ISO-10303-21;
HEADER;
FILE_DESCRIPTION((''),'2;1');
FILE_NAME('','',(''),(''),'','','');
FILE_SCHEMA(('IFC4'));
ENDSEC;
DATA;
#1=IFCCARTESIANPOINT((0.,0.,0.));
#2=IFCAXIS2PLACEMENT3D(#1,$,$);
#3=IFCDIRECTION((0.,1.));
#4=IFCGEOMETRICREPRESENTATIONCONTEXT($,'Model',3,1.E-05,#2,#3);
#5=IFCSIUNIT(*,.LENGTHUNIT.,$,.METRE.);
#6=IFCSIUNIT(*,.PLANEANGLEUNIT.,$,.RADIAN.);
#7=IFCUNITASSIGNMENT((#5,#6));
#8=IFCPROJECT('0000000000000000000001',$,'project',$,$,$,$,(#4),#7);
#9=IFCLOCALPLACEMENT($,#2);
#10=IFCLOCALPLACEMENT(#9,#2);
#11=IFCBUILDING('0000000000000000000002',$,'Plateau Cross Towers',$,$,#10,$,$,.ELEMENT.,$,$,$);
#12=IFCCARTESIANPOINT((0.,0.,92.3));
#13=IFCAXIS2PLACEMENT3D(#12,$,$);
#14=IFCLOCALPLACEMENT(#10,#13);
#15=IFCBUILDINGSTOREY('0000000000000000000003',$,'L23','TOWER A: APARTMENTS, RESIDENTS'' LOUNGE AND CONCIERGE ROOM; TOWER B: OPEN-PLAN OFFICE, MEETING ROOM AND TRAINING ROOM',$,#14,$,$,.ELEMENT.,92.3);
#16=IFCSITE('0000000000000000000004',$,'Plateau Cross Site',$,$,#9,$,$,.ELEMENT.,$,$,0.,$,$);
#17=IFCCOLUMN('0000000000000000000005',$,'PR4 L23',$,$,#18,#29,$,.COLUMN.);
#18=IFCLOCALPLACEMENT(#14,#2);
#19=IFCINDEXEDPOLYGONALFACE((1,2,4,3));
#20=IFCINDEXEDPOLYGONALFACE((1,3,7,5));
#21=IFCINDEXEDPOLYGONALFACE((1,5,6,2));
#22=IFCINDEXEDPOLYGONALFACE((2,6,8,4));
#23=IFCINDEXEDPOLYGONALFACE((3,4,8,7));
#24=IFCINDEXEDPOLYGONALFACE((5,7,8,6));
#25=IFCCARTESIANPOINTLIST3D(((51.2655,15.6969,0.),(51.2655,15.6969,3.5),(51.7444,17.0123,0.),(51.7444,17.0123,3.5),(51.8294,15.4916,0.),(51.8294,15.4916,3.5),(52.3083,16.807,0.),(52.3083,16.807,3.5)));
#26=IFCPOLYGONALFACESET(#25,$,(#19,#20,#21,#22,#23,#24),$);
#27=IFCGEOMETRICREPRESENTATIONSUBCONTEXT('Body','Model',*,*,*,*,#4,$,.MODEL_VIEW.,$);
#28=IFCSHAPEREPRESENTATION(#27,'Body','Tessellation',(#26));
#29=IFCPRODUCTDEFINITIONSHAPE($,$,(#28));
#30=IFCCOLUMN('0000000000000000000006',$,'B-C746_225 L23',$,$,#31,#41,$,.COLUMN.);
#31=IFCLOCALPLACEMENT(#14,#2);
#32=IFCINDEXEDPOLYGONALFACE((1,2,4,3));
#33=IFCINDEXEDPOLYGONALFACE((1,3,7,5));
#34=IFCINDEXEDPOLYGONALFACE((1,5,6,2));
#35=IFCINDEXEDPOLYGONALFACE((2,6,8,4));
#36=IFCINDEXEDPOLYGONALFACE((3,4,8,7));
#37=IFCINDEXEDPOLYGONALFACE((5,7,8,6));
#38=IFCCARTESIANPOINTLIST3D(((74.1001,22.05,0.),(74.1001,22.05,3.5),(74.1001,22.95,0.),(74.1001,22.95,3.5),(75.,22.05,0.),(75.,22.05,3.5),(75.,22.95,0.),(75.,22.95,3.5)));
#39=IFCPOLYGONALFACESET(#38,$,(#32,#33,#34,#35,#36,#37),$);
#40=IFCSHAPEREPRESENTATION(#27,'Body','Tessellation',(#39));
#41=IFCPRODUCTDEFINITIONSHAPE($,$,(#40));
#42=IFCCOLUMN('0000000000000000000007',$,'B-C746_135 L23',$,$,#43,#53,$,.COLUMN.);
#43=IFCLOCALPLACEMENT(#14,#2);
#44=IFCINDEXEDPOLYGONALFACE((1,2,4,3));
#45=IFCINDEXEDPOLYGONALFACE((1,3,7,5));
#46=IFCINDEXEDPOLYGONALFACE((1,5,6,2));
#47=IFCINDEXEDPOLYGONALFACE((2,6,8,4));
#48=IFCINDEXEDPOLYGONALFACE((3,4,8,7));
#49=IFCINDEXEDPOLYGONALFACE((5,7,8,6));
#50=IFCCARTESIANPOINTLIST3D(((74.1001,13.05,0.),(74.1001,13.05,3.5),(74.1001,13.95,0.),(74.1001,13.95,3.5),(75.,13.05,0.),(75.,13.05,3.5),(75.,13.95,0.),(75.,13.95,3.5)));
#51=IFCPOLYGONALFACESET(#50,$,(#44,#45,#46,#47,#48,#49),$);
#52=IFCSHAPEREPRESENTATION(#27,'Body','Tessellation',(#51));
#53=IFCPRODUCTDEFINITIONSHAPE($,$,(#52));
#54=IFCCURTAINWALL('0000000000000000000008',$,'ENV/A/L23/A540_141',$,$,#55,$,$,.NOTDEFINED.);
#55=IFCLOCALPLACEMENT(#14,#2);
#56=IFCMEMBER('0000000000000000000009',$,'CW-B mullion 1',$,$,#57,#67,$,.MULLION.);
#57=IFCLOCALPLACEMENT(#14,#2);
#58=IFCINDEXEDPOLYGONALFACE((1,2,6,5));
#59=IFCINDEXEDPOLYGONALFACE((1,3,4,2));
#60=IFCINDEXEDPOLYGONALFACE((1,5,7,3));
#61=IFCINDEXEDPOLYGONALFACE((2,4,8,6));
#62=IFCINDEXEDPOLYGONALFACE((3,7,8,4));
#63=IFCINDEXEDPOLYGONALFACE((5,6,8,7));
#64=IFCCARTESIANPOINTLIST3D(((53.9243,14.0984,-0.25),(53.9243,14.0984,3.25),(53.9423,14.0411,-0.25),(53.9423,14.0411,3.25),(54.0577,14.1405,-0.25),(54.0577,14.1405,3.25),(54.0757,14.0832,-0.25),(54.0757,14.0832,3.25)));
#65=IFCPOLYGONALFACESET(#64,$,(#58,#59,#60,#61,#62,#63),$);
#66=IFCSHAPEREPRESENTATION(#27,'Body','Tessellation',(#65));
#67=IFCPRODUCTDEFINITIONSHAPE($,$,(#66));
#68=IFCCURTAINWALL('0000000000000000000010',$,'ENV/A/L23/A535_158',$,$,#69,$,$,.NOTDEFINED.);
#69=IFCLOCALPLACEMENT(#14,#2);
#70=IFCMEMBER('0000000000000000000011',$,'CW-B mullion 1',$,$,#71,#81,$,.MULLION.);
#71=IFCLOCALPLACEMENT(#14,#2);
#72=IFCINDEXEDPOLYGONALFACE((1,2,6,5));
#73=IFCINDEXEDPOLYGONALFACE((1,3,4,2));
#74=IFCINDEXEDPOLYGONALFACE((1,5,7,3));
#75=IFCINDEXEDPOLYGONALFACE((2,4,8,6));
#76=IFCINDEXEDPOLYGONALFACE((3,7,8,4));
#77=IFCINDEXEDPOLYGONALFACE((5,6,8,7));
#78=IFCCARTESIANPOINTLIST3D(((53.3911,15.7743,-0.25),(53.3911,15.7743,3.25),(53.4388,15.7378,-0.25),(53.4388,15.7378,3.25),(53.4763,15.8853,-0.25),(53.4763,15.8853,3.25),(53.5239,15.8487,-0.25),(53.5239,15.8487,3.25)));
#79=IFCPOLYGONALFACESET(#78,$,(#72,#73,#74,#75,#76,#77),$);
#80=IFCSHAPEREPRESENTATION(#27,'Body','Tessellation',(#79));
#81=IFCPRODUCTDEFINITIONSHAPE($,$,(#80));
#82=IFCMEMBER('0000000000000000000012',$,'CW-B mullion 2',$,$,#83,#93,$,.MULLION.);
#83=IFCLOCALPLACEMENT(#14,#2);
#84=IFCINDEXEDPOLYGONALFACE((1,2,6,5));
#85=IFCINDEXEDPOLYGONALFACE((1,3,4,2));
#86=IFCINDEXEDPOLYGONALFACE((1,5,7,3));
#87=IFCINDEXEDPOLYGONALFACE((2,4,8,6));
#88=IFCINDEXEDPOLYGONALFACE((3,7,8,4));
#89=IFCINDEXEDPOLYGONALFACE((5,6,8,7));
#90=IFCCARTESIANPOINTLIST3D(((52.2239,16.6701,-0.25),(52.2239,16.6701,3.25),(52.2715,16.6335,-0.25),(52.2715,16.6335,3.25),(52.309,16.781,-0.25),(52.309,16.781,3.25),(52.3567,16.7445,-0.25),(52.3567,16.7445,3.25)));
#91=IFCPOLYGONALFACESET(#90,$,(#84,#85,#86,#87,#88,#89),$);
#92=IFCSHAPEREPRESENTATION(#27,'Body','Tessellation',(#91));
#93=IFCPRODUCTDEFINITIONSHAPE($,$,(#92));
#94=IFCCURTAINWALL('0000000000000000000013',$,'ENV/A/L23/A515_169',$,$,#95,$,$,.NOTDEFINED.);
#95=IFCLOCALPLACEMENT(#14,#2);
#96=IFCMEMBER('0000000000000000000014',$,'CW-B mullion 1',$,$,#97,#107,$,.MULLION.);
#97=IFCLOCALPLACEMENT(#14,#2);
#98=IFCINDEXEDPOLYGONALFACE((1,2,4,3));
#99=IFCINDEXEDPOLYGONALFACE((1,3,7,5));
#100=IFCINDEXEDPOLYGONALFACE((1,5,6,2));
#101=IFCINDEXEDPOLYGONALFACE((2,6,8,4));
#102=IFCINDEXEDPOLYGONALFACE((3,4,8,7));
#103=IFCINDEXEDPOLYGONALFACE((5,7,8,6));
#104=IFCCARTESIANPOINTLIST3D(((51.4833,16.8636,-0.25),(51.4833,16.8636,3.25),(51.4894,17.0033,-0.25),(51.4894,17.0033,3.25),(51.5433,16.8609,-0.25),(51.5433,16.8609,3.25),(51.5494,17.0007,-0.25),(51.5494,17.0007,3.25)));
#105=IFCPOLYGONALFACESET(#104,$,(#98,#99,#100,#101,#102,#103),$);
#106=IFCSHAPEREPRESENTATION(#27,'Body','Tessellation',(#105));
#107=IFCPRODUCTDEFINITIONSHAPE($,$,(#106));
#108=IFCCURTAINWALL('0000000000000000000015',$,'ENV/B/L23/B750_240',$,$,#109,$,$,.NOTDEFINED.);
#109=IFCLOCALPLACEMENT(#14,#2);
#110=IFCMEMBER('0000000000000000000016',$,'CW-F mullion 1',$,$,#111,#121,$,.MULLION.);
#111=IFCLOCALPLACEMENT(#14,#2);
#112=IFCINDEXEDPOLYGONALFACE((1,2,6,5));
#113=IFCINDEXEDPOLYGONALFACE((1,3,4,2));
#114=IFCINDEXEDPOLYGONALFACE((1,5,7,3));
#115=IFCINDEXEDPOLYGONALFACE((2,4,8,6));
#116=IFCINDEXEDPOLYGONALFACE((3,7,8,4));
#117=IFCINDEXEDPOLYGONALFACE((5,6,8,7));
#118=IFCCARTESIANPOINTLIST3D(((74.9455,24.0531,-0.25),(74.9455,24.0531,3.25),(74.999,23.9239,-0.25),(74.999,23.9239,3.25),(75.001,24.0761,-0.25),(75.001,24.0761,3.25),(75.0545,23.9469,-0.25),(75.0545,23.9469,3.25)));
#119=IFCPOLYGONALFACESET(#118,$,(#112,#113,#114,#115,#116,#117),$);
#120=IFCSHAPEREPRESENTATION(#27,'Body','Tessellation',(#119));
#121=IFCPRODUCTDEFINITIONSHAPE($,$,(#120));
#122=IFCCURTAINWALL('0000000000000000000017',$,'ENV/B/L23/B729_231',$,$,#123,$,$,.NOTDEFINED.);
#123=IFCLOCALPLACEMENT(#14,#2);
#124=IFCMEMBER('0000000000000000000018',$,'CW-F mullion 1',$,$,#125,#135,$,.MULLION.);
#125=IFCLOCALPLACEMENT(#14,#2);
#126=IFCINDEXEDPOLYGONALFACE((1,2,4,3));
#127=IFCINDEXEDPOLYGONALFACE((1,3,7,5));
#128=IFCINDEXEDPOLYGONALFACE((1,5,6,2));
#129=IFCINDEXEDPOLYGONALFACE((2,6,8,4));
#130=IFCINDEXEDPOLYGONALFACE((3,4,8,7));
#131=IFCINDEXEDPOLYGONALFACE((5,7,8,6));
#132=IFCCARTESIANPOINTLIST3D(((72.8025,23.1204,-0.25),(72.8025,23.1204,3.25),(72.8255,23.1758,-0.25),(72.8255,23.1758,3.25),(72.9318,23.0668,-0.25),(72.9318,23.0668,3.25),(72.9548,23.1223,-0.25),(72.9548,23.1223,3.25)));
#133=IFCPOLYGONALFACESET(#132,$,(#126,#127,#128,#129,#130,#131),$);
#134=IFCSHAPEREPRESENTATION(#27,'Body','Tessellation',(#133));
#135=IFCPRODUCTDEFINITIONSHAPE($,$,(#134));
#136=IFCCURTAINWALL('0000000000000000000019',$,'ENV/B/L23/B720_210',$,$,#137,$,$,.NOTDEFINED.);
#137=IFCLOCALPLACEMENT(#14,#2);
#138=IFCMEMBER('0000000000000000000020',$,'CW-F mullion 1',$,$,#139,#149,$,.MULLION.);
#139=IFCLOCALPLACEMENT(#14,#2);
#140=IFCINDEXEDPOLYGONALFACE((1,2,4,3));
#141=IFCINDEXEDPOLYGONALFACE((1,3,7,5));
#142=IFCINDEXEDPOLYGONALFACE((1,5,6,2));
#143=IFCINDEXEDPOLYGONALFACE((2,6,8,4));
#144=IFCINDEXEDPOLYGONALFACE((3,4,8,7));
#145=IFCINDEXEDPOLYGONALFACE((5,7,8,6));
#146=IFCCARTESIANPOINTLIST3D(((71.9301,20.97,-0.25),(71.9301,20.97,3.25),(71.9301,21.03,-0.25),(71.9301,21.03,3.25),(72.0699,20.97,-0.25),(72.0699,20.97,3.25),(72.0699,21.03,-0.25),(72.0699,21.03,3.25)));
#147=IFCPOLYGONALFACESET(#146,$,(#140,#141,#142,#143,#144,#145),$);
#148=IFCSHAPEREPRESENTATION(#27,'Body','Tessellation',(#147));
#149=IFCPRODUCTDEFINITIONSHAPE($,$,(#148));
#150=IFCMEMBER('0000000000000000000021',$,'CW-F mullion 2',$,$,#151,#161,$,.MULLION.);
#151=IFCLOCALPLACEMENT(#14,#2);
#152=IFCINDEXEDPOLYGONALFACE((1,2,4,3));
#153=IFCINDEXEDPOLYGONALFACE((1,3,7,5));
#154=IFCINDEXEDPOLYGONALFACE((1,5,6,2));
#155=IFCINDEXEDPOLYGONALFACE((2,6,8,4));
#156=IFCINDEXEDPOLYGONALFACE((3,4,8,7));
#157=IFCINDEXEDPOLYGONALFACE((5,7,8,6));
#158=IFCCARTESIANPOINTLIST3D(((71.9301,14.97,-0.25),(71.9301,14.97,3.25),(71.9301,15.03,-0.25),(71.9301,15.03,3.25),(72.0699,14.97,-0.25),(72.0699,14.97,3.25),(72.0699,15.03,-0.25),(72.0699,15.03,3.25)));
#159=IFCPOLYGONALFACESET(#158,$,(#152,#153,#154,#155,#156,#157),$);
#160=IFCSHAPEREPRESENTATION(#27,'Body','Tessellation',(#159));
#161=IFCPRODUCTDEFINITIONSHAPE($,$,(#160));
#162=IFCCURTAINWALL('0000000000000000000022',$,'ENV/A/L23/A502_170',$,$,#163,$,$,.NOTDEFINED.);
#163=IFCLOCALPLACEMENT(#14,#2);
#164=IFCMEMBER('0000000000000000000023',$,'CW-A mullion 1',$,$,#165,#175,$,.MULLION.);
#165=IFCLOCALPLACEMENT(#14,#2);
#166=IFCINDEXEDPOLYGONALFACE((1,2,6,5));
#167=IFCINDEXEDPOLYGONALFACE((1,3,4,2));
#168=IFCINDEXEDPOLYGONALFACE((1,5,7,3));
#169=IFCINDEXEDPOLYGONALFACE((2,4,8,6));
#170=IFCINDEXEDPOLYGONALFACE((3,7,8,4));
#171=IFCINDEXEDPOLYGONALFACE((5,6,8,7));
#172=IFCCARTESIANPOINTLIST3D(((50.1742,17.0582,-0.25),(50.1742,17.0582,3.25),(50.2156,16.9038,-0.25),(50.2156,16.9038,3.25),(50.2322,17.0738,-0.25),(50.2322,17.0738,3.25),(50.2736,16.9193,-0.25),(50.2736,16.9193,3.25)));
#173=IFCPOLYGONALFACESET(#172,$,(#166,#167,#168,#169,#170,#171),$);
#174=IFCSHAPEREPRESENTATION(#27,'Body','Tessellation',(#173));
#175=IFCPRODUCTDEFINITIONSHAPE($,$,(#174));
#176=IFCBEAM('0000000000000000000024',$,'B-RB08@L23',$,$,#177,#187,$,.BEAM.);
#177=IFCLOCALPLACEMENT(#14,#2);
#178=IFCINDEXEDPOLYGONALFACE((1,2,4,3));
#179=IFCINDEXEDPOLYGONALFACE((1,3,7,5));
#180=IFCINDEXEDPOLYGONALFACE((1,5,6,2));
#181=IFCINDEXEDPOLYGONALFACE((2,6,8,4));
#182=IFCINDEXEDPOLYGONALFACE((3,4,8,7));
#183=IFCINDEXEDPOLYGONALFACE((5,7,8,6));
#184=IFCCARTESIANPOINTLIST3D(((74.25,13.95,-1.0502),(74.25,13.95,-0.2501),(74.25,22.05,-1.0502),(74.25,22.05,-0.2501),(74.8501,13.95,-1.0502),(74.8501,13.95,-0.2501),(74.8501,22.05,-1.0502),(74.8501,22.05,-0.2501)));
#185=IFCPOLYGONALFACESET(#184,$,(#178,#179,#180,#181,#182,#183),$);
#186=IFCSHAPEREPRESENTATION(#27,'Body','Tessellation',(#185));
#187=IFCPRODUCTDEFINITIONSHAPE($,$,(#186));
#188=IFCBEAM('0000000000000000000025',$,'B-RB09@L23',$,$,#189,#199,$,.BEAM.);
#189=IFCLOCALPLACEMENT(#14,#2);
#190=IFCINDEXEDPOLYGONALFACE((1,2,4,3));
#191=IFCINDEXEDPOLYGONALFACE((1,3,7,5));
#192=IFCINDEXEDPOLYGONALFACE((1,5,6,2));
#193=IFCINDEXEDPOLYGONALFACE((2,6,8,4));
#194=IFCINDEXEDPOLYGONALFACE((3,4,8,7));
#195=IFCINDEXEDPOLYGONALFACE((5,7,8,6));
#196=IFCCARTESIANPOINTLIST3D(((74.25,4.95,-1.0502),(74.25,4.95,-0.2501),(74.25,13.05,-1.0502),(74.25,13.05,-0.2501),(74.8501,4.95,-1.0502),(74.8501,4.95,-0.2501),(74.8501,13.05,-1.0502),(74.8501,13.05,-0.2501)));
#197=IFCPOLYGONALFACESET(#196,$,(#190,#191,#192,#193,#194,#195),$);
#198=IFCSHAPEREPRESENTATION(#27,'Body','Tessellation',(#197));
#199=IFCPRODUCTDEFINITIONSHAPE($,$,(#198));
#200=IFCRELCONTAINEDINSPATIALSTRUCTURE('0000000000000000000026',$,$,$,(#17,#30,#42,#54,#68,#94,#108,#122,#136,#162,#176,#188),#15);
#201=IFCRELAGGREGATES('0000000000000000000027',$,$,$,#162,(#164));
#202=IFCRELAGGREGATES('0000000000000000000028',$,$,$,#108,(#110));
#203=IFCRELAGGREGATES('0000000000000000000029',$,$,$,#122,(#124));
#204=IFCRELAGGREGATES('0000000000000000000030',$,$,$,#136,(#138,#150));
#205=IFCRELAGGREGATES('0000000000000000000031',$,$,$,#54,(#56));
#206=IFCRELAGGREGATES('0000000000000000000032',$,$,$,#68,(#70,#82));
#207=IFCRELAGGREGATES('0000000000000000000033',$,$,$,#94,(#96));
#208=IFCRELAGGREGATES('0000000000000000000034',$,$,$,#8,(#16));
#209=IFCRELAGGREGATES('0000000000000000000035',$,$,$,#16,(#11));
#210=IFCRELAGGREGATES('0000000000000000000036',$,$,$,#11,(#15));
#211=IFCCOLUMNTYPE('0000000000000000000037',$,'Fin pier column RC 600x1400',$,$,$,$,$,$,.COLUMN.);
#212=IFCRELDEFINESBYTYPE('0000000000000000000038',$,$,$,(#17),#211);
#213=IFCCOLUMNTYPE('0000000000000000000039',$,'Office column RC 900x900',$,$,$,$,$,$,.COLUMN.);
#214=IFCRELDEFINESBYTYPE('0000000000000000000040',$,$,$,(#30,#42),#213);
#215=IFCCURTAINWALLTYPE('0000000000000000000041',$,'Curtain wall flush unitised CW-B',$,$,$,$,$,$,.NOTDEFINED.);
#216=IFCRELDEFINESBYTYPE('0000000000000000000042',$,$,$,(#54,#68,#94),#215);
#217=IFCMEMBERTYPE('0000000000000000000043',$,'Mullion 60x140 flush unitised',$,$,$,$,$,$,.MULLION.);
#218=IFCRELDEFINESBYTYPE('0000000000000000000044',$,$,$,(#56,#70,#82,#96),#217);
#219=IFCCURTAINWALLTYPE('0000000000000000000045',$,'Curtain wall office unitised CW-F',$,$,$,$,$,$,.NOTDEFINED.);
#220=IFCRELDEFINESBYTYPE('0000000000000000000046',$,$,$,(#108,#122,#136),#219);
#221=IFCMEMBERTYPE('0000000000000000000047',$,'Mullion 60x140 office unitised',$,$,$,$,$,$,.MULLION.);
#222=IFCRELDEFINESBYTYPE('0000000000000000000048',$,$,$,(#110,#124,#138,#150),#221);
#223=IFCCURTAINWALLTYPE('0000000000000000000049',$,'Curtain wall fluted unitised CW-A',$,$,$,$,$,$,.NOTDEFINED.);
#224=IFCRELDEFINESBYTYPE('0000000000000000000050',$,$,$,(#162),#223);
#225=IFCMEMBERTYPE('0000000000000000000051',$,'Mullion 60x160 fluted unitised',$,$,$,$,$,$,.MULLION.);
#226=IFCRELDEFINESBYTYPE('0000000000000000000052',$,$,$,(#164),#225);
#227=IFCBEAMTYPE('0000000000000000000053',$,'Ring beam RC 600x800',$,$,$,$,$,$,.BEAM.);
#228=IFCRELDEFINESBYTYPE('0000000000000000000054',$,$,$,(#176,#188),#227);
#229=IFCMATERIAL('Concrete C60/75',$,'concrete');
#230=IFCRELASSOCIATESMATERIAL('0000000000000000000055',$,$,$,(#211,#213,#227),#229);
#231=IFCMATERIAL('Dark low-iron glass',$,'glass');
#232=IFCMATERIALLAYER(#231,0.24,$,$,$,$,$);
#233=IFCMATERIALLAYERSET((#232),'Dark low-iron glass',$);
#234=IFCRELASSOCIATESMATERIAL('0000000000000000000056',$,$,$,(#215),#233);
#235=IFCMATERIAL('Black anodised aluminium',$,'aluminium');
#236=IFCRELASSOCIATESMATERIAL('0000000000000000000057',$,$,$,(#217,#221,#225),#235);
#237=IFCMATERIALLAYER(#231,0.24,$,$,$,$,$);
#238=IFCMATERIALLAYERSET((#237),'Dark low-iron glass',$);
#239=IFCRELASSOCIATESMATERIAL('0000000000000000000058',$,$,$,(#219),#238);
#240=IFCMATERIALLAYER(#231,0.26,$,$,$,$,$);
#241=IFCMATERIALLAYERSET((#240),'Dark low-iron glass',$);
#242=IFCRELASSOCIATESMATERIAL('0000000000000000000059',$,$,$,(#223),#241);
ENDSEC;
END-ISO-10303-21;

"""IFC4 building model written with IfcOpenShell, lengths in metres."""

from ifc_helpers import new_model, si_unit, direction, frame, origin, origin_2d, place, context, subcontext, project, spatial, rectangle, extrude, material, layer, layer_set, material_profile, profile_set, type_object, element, aggregate, save


model = new_model("IFC4")

# Units and contexts
model_context = context("Model", 3, precision=1e-05, world=origin(), true_north=direction((0.0, 1.0)))
body_context = subcontext(model_context, "Body", "Model", "MODEL_VIEW")
ifc_project = project(units=[si_unit("LENGTHUNIT", "METRE"), si_unit("PLANEANGLEUNIT", "RADIAN")], contexts=[model_context])

# Site, building, storey
site_placement = place(None, origin())
site = spatial("IfcSite", under=ifc_project, at=site_placement, Name="Plateau Cross Site", CompositionType="ELEMENT", RefElevation=0.0)
building_placement = place(site_placement, origin())
building = spatial("IfcBuilding", under=site, at=building_placement, Name="Plateau Cross Towers", CompositionType="ELEMENT")
storey_placement = place(building_placement, frame((0.0, 0.0, 92.3)))
storey = spatial("IfcBuildingStorey", under=building, at=storey_placement, Name="L23", Description="TOWER A: APARTMENTS, RESIDENTS' LOUNGE AND CONCIERGE ROOM; TOWER B: OPEN-PLAN OFFICE, MEETING ROOM AND TRAINING ROOM", CompositionType="ELEMENT", Elevation=92.3)

# Columns
ifc_material_1 = material(Name="Concrete C60/75", Category="concrete")
ifc_material_profile_1 = material_profile(ifc_material_1, rectangle(XDim=0.6001, YDim=1.3999, at=origin_2d()), Name="RC 600x1400")
ifc_profile_set_1 = profile_set([ifc_material_profile_1], Name="Concrete C60/75")
column_type_1 = type_object("IfcColumnType", Name="Fin pier column RC 600x1400", PredefinedType="COLUMN", material=ifc_profile_set_1)
column_placement = place(storey_placement, frame((51.7869, 16.252, 0.0), z_axis=(0.0, 0.0, 1.0), x_axis=(-0.939664, 0.342098, 0.0)))
element("IfcColumn", 1, at=column_placement, inside=storey, type_object=column_type_1, Name="PR4 L23", PredefinedType="COLUMN", context=body_context, shape_type="SweptSolid", body=[
    extrude(rectangle(XDim=0.6001, YDim=1.3999, at=origin_2d()), origin(), (0.0, 0.0, 1.0), 3.5),
])
ifc_material_profile_2 = material_profile(ifc_material_1, rectangle(XDim=0.8999, YDim=0.8999, at=origin_2d()), Name="RC 900x900")
ifc_profile_set_2 = profile_set([ifc_material_profile_2], Name="Concrete C60/75")
column_type_2 = type_object("IfcColumnType", Name="Office column RC 900x900", PredefinedType="COLUMN", material=ifc_profile_set_2)
for number, where, z_axis, x_axis, name in (
    (2, (74.55, 22.5, 0.0), (0.0, 0.0, 1.0), (1.0, 0.0, 0.0), "B-C746_225 L23"),
    (3, (74.55, 13.5, 0.0), (0.0, 0.0, 1.0), (1.0, 0.0, 0.0), "B-C746_135 L23"),
):
    element("IfcColumn", number, at=place(storey_placement, frame(where, z_axis=z_axis, x_axis=x_axis)), inside=storey, type_object=column_type_2, Name=name, PredefinedType="COLUMN", context=body_context, shape_type="SweptSolid", body=[
        extrude(rectangle(XDim=0.8999, YDim=0.8999, at=origin_2d()), origin(), (0.0, 0.0, 1.0), 3.5),
    ])

# Curtain wall, member
ifc_material_2 = material(Name="Dark low-iron glass", Category="glass")
ifc_layer_1 = layer(ifc_material_2, 0.24)
ifc_layer_set_1 = layer_set([ifc_layer_1], Name="Dark low-iron glass")
curtain_wall_type_1 = type_object("IfcCurtainWallType", Name="Curtain wall flush unitised CW-B", PredefinedType="NOTDEFINED", material=ifc_layer_set_1)
curtain_wall_1_placement = place(storey_placement, origin())
curtain_wall_1 = element("IfcCurtainWall", 4, at=curtain_wall_1_placement, inside=storey, type_object=curtain_wall_type_1, Name="ENV/A/L23/A540_141", PredefinedType="NOTDEFINED")
ifc_material_3 = material(Name="Black anodised aluminium", Category="aluminium")
ifc_material_profile_3 = material_profile(ifc_material_3, rectangle(XDim=0.0601, YDim=0.1399, at=origin_2d()), Name="MULLION 60x140")
ifc_profile_set_3 = profile_set([ifc_material_profile_3], Name="Black anodised aluminium")
member_type_1 = type_object("IfcMemberType", Name="Mullion 60x140 flush unitised", PredefinedType="MULLION", material=ifc_profile_set_3)
member_1_placement = place(storey_placement, frame((54.0, 14.0908, -0.25), z_axis=(0.0, 0.0, 1.0), x_axis=(-0.300686, 0.953723, 0.0)))
member_1 = element("IfcMember", 5, at=member_1_placement, type_object=member_type_1, Name="CW-B mullion 1", PredefinedType="MULLION", context=body_context, shape_type="SweptSolid", body=[
    extrude(rectangle(XDim=0.0601, YDim=0.1399, at=origin_2d()), origin(), (0.0, 0.0, 1.0), 3.5),
])

# Curtain wall, members
curtain_wall_2_placement = place(storey_placement, origin())
curtain_wall_2 = element("IfcCurtainWall", 6, at=curtain_wall_2_placement, inside=storey, type_object=curtain_wall_type_1, Name="ENV/A/L23/A535_158", PredefinedType="NOTDEFINED")
member_2_placement = place(storey_placement, frame((53.4575, 15.8115, -0.25), z_axis=(0.0, 0.0, 1.0), x_axis=(-0.793316, 0.608811, 0.0)))
member_2 = element("IfcMember", 7, at=member_2_placement, type_object=member_type_1, Name="CW-B mullion 1", PredefinedType="MULLION", context=body_context, shape_type="SweptSolid", body=[
    extrude(rectangle(XDim=0.0601, YDim=0.1399, at=origin_2d()), origin(), (0.0, 0.0, 1.0), 3.5),
])
member_3_placement = place(storey_placement, frame((52.2903, 16.7073, -0.25), z_axis=(0.0, 0.0, 1.0), x_axis=(-0.793316, 0.608811, 0.0)))
member_3 = element("IfcMember", 8, at=member_3_placement, type_object=member_type_1, Name="CW-B mullion 2", PredefinedType="MULLION", context=body_context, shape_type="SweptSolid", body=[
    extrude(rectangle(XDim=0.0601, YDim=0.1399, at=origin_2d()), origin(), (0.0, 0.0, 1.0), 3.5),
])

# Curtain walls, members
curtain_wall_3_placement = place(storey_placement, origin())
curtain_wall_3 = element("IfcCurtainWall", 9, at=curtain_wall_3_placement, inside=storey, type_object=curtain_wall_type_1, Name="ENV/A/L23/A515_169", PredefinedType="NOTDEFINED")
member_4_placement = place(storey_placement, frame((51.5164, 16.9321, -0.25), z_axis=(0.0, 0.0, 1.0), x_axis=(-0.999044, 0.043723, 0.0)))
member_4 = element("IfcMember", 10, at=member_4_placement, type_object=member_type_1, Name="CW-B mullion 1", PredefinedType="MULLION", context=body_context, shape_type="SweptSolid", body=[
    extrude(rectangle(XDim=0.0601, YDim=0.1399, at=origin_2d()), origin(), (0.0, 0.0, 1.0), 3.5),
])
ifc_layer_2 = layer(ifc_material_2, 0.24)
ifc_layer_set_2 = layer_set([ifc_layer_2], Name="Dark low-iron glass")
curtain_wall_type_2 = type_object("IfcCurtainWallType", Name="Curtain wall office unitised CW-F", PredefinedType="NOTDEFINED", material=ifc_layer_set_2)
curtain_wall_4_placement = place(storey_placement, origin())
curtain_wall_4 = element("IfcCurtainWall", 11, at=curtain_wall_4_placement, inside=storey, type_object=curtain_wall_type_2, Name="ENV/B/L23/B750_240", PredefinedType="NOTDEFINED")
ifc_material_profile_4 = material_profile(ifc_material_3, rectangle(XDim=0.0601, YDim=0.1399, at=origin_2d()), Name="MULLION 60x140")
ifc_profile_set_4 = profile_set([ifc_material_profile_4], Name="Black anodised aluminium")
member_type_2 = type_object("IfcMemberType", Name="Mullion 60x140 office unitised", PredefinedType="MULLION", material=ifc_profile_set_4)
member_5_placement = place(storey_placement, frame((75.0, 24.0, -0.25), z_axis=(0.0, 0.0, 1.0), x_axis=(-0.923879, -0.382684, 0.0)))
member_5 = element("IfcMember", 12, at=member_5_placement, type_object=member_type_2, Name="CW-F mullion 1", PredefinedType="MULLION", context=body_context, shape_type="SweptSolid", body=[
    extrude(rectangle(XDim=0.0601, YDim=0.1399, at=origin_2d()), origin(), (0.0, 0.0, 1.0), 3.5),
])
curtain_wall_5_placement = place(storey_placement, origin())
curtain_wall_5 = element("IfcCurtainWall", 13, at=curtain_wall_5_placement, inside=storey, type_object=curtain_wall_type_2, Name="ENV/B/L23/B729_231", PredefinedType="NOTDEFINED")
member_6_placement = place(storey_placement, frame((72.8787, 23.1213, -0.25), z_axis=(0.0, 0.0, 1.0), x_axis=(-0.382684, -0.923879, 0.0)))
member_6 = element("IfcMember", 14, at=member_6_placement, type_object=member_type_2, Name="CW-F mullion 1", PredefinedType="MULLION", context=body_context, shape_type="SweptSolid", body=[
    extrude(rectangle(XDim=0.0601, YDim=0.1399, at=origin_2d()), origin(), (0.0, 0.0, 1.0), 3.5),
])

# Curtain wall, members
curtain_wall_6_placement = place(storey_placement, origin())
curtain_wall_6 = element("IfcCurtainWall", 15, at=curtain_wall_6_placement, inside=storey, type_object=curtain_wall_type_2, Name="ENV/B/L23/B720_210", PredefinedType="NOTDEFINED")
member_7_placement = place(storey_placement, frame((72.0, 21.0, -0.25), z_axis=(0.0, 0.0, 1.0), x_axis=(0.0, -1.0, 0.0)))
member_7 = element("IfcMember", 16, at=member_7_placement, type_object=member_type_2, Name="CW-F mullion 1", PredefinedType="MULLION", context=body_context, shape_type="SweptSolid", body=[
    extrude(rectangle(XDim=0.0601, YDim=0.1399, at=origin_2d()), origin(), (0.0, 0.0, 1.0), 3.5),
])
member_8_placement = place(storey_placement, frame((72.0, 15.0, -0.25), z_axis=(0.0, 0.0, 1.0), x_axis=(0.0, -1.0, 0.0)))
member_8 = element("IfcMember", 17, at=member_8_placement, type_object=member_type_2, Name="CW-F mullion 2", PredefinedType="MULLION", context=body_context, shape_type="SweptSolid", body=[
    extrude(rectangle(XDim=0.0601, YDim=0.1399, at=origin_2d()), origin(), (0.0, 0.0, 1.0), 3.5),
])

# Curtain wall, member
ifc_layer_3 = layer(ifc_material_2, 0.26)
ifc_layer_set_3 = layer_set([ifc_layer_3], Name="Dark low-iron glass")
curtain_wall_type_3 = type_object("IfcCurtainWallType", Name="Curtain wall fluted unitised CW-A", PredefinedType="NOTDEFINED", material=ifc_layer_set_3)
curtain_wall_7_placement = place(storey_placement, origin())
curtain_wall_7 = element("IfcCurtainWall", 18, at=curtain_wall_7_placement, inside=storey, type_object=curtain_wall_type_3, Name="ENV/A/L23/A502_170", PredefinedType="NOTDEFINED")
ifc_material_profile_5 = material_profile(ifc_material_3, rectangle(XDim=0.0601, YDim=0.1599, at=origin_2d()), Name="MULLION 60x160")
ifc_profile_set_5 = profile_set([ifc_material_profile_5], Name="Black anodised aluminium")
member_type_3 = type_object("IfcMemberType", Name="Mullion 60x160 fluted unitised", PredefinedType="MULLION", material=ifc_profile_set_5)
member_9_placement = place(storey_placement, frame((50.2239, 16.9888, -0.25), z_axis=(0.0, 0.0, 1.0), x_axis=(-0.965958, -0.258699, 0.0)))
member_9 = element("IfcMember", 19, at=member_9_placement, type_object=member_type_3, Name="CW-A mullion 1", PredefinedType="MULLION", context=body_context, shape_type="SweptSolid", body=[
    extrude(rectangle(XDim=0.0601, YDim=0.1599, at=origin_2d()), origin(), (0.0, 0.0, 1.0), 3.5),
])

# Beams
ifc_material_profile_6 = material_profile(ifc_material_1, rectangle(XDim=0.6001, YDim=0.8, at=origin_2d()), Name="RC 600x800")
ifc_profile_set_6 = profile_set([ifc_material_profile_6], Name="Concrete C60/75")
beam_type = type_object("IfcBeamType", Name="Ring beam RC 600x800", PredefinedType="BEAM", material=ifc_profile_set_6)
for number, where, z_axis, x_axis, name in (
    (20, (74.55, 22.05, -0.6501), (0.0, -1.0, 0.0), (1.0, 0.0, 0.0), "B-RB08@L23"),
    (21, (74.55, 13.05, -0.6501), (0.0, -1.0, 0.0), (1.0, 0.0, 0.0), "B-RB09@L23"),
):
    element("IfcBeam", number, at=place(storey_placement, frame(where, z_axis=z_axis, x_axis=x_axis)), inside=storey, type_object=beam_type, Name=name, PredefinedType="BEAM", context=body_context, shape_type="SweptSolid", body=[
        extrude(rectangle(XDim=0.6001, YDim=0.8, at=origin_2d()), origin(), (0.0, 0.0, 1.0), 8.1001),
    ])

aggregate(curtain_wall_7, [member_9])

aggregate(curtain_wall_4, [member_5])
aggregate(curtain_wall_5, [member_6])
aggregate(curtain_wall_6, [member_7, member_8])

aggregate(curtain_wall_1, [member_1])
aggregate(curtain_wall_2, [member_2, member_3])
aggregate(curtain_wall_3, [member_4])

save(model, "model.ifc")
